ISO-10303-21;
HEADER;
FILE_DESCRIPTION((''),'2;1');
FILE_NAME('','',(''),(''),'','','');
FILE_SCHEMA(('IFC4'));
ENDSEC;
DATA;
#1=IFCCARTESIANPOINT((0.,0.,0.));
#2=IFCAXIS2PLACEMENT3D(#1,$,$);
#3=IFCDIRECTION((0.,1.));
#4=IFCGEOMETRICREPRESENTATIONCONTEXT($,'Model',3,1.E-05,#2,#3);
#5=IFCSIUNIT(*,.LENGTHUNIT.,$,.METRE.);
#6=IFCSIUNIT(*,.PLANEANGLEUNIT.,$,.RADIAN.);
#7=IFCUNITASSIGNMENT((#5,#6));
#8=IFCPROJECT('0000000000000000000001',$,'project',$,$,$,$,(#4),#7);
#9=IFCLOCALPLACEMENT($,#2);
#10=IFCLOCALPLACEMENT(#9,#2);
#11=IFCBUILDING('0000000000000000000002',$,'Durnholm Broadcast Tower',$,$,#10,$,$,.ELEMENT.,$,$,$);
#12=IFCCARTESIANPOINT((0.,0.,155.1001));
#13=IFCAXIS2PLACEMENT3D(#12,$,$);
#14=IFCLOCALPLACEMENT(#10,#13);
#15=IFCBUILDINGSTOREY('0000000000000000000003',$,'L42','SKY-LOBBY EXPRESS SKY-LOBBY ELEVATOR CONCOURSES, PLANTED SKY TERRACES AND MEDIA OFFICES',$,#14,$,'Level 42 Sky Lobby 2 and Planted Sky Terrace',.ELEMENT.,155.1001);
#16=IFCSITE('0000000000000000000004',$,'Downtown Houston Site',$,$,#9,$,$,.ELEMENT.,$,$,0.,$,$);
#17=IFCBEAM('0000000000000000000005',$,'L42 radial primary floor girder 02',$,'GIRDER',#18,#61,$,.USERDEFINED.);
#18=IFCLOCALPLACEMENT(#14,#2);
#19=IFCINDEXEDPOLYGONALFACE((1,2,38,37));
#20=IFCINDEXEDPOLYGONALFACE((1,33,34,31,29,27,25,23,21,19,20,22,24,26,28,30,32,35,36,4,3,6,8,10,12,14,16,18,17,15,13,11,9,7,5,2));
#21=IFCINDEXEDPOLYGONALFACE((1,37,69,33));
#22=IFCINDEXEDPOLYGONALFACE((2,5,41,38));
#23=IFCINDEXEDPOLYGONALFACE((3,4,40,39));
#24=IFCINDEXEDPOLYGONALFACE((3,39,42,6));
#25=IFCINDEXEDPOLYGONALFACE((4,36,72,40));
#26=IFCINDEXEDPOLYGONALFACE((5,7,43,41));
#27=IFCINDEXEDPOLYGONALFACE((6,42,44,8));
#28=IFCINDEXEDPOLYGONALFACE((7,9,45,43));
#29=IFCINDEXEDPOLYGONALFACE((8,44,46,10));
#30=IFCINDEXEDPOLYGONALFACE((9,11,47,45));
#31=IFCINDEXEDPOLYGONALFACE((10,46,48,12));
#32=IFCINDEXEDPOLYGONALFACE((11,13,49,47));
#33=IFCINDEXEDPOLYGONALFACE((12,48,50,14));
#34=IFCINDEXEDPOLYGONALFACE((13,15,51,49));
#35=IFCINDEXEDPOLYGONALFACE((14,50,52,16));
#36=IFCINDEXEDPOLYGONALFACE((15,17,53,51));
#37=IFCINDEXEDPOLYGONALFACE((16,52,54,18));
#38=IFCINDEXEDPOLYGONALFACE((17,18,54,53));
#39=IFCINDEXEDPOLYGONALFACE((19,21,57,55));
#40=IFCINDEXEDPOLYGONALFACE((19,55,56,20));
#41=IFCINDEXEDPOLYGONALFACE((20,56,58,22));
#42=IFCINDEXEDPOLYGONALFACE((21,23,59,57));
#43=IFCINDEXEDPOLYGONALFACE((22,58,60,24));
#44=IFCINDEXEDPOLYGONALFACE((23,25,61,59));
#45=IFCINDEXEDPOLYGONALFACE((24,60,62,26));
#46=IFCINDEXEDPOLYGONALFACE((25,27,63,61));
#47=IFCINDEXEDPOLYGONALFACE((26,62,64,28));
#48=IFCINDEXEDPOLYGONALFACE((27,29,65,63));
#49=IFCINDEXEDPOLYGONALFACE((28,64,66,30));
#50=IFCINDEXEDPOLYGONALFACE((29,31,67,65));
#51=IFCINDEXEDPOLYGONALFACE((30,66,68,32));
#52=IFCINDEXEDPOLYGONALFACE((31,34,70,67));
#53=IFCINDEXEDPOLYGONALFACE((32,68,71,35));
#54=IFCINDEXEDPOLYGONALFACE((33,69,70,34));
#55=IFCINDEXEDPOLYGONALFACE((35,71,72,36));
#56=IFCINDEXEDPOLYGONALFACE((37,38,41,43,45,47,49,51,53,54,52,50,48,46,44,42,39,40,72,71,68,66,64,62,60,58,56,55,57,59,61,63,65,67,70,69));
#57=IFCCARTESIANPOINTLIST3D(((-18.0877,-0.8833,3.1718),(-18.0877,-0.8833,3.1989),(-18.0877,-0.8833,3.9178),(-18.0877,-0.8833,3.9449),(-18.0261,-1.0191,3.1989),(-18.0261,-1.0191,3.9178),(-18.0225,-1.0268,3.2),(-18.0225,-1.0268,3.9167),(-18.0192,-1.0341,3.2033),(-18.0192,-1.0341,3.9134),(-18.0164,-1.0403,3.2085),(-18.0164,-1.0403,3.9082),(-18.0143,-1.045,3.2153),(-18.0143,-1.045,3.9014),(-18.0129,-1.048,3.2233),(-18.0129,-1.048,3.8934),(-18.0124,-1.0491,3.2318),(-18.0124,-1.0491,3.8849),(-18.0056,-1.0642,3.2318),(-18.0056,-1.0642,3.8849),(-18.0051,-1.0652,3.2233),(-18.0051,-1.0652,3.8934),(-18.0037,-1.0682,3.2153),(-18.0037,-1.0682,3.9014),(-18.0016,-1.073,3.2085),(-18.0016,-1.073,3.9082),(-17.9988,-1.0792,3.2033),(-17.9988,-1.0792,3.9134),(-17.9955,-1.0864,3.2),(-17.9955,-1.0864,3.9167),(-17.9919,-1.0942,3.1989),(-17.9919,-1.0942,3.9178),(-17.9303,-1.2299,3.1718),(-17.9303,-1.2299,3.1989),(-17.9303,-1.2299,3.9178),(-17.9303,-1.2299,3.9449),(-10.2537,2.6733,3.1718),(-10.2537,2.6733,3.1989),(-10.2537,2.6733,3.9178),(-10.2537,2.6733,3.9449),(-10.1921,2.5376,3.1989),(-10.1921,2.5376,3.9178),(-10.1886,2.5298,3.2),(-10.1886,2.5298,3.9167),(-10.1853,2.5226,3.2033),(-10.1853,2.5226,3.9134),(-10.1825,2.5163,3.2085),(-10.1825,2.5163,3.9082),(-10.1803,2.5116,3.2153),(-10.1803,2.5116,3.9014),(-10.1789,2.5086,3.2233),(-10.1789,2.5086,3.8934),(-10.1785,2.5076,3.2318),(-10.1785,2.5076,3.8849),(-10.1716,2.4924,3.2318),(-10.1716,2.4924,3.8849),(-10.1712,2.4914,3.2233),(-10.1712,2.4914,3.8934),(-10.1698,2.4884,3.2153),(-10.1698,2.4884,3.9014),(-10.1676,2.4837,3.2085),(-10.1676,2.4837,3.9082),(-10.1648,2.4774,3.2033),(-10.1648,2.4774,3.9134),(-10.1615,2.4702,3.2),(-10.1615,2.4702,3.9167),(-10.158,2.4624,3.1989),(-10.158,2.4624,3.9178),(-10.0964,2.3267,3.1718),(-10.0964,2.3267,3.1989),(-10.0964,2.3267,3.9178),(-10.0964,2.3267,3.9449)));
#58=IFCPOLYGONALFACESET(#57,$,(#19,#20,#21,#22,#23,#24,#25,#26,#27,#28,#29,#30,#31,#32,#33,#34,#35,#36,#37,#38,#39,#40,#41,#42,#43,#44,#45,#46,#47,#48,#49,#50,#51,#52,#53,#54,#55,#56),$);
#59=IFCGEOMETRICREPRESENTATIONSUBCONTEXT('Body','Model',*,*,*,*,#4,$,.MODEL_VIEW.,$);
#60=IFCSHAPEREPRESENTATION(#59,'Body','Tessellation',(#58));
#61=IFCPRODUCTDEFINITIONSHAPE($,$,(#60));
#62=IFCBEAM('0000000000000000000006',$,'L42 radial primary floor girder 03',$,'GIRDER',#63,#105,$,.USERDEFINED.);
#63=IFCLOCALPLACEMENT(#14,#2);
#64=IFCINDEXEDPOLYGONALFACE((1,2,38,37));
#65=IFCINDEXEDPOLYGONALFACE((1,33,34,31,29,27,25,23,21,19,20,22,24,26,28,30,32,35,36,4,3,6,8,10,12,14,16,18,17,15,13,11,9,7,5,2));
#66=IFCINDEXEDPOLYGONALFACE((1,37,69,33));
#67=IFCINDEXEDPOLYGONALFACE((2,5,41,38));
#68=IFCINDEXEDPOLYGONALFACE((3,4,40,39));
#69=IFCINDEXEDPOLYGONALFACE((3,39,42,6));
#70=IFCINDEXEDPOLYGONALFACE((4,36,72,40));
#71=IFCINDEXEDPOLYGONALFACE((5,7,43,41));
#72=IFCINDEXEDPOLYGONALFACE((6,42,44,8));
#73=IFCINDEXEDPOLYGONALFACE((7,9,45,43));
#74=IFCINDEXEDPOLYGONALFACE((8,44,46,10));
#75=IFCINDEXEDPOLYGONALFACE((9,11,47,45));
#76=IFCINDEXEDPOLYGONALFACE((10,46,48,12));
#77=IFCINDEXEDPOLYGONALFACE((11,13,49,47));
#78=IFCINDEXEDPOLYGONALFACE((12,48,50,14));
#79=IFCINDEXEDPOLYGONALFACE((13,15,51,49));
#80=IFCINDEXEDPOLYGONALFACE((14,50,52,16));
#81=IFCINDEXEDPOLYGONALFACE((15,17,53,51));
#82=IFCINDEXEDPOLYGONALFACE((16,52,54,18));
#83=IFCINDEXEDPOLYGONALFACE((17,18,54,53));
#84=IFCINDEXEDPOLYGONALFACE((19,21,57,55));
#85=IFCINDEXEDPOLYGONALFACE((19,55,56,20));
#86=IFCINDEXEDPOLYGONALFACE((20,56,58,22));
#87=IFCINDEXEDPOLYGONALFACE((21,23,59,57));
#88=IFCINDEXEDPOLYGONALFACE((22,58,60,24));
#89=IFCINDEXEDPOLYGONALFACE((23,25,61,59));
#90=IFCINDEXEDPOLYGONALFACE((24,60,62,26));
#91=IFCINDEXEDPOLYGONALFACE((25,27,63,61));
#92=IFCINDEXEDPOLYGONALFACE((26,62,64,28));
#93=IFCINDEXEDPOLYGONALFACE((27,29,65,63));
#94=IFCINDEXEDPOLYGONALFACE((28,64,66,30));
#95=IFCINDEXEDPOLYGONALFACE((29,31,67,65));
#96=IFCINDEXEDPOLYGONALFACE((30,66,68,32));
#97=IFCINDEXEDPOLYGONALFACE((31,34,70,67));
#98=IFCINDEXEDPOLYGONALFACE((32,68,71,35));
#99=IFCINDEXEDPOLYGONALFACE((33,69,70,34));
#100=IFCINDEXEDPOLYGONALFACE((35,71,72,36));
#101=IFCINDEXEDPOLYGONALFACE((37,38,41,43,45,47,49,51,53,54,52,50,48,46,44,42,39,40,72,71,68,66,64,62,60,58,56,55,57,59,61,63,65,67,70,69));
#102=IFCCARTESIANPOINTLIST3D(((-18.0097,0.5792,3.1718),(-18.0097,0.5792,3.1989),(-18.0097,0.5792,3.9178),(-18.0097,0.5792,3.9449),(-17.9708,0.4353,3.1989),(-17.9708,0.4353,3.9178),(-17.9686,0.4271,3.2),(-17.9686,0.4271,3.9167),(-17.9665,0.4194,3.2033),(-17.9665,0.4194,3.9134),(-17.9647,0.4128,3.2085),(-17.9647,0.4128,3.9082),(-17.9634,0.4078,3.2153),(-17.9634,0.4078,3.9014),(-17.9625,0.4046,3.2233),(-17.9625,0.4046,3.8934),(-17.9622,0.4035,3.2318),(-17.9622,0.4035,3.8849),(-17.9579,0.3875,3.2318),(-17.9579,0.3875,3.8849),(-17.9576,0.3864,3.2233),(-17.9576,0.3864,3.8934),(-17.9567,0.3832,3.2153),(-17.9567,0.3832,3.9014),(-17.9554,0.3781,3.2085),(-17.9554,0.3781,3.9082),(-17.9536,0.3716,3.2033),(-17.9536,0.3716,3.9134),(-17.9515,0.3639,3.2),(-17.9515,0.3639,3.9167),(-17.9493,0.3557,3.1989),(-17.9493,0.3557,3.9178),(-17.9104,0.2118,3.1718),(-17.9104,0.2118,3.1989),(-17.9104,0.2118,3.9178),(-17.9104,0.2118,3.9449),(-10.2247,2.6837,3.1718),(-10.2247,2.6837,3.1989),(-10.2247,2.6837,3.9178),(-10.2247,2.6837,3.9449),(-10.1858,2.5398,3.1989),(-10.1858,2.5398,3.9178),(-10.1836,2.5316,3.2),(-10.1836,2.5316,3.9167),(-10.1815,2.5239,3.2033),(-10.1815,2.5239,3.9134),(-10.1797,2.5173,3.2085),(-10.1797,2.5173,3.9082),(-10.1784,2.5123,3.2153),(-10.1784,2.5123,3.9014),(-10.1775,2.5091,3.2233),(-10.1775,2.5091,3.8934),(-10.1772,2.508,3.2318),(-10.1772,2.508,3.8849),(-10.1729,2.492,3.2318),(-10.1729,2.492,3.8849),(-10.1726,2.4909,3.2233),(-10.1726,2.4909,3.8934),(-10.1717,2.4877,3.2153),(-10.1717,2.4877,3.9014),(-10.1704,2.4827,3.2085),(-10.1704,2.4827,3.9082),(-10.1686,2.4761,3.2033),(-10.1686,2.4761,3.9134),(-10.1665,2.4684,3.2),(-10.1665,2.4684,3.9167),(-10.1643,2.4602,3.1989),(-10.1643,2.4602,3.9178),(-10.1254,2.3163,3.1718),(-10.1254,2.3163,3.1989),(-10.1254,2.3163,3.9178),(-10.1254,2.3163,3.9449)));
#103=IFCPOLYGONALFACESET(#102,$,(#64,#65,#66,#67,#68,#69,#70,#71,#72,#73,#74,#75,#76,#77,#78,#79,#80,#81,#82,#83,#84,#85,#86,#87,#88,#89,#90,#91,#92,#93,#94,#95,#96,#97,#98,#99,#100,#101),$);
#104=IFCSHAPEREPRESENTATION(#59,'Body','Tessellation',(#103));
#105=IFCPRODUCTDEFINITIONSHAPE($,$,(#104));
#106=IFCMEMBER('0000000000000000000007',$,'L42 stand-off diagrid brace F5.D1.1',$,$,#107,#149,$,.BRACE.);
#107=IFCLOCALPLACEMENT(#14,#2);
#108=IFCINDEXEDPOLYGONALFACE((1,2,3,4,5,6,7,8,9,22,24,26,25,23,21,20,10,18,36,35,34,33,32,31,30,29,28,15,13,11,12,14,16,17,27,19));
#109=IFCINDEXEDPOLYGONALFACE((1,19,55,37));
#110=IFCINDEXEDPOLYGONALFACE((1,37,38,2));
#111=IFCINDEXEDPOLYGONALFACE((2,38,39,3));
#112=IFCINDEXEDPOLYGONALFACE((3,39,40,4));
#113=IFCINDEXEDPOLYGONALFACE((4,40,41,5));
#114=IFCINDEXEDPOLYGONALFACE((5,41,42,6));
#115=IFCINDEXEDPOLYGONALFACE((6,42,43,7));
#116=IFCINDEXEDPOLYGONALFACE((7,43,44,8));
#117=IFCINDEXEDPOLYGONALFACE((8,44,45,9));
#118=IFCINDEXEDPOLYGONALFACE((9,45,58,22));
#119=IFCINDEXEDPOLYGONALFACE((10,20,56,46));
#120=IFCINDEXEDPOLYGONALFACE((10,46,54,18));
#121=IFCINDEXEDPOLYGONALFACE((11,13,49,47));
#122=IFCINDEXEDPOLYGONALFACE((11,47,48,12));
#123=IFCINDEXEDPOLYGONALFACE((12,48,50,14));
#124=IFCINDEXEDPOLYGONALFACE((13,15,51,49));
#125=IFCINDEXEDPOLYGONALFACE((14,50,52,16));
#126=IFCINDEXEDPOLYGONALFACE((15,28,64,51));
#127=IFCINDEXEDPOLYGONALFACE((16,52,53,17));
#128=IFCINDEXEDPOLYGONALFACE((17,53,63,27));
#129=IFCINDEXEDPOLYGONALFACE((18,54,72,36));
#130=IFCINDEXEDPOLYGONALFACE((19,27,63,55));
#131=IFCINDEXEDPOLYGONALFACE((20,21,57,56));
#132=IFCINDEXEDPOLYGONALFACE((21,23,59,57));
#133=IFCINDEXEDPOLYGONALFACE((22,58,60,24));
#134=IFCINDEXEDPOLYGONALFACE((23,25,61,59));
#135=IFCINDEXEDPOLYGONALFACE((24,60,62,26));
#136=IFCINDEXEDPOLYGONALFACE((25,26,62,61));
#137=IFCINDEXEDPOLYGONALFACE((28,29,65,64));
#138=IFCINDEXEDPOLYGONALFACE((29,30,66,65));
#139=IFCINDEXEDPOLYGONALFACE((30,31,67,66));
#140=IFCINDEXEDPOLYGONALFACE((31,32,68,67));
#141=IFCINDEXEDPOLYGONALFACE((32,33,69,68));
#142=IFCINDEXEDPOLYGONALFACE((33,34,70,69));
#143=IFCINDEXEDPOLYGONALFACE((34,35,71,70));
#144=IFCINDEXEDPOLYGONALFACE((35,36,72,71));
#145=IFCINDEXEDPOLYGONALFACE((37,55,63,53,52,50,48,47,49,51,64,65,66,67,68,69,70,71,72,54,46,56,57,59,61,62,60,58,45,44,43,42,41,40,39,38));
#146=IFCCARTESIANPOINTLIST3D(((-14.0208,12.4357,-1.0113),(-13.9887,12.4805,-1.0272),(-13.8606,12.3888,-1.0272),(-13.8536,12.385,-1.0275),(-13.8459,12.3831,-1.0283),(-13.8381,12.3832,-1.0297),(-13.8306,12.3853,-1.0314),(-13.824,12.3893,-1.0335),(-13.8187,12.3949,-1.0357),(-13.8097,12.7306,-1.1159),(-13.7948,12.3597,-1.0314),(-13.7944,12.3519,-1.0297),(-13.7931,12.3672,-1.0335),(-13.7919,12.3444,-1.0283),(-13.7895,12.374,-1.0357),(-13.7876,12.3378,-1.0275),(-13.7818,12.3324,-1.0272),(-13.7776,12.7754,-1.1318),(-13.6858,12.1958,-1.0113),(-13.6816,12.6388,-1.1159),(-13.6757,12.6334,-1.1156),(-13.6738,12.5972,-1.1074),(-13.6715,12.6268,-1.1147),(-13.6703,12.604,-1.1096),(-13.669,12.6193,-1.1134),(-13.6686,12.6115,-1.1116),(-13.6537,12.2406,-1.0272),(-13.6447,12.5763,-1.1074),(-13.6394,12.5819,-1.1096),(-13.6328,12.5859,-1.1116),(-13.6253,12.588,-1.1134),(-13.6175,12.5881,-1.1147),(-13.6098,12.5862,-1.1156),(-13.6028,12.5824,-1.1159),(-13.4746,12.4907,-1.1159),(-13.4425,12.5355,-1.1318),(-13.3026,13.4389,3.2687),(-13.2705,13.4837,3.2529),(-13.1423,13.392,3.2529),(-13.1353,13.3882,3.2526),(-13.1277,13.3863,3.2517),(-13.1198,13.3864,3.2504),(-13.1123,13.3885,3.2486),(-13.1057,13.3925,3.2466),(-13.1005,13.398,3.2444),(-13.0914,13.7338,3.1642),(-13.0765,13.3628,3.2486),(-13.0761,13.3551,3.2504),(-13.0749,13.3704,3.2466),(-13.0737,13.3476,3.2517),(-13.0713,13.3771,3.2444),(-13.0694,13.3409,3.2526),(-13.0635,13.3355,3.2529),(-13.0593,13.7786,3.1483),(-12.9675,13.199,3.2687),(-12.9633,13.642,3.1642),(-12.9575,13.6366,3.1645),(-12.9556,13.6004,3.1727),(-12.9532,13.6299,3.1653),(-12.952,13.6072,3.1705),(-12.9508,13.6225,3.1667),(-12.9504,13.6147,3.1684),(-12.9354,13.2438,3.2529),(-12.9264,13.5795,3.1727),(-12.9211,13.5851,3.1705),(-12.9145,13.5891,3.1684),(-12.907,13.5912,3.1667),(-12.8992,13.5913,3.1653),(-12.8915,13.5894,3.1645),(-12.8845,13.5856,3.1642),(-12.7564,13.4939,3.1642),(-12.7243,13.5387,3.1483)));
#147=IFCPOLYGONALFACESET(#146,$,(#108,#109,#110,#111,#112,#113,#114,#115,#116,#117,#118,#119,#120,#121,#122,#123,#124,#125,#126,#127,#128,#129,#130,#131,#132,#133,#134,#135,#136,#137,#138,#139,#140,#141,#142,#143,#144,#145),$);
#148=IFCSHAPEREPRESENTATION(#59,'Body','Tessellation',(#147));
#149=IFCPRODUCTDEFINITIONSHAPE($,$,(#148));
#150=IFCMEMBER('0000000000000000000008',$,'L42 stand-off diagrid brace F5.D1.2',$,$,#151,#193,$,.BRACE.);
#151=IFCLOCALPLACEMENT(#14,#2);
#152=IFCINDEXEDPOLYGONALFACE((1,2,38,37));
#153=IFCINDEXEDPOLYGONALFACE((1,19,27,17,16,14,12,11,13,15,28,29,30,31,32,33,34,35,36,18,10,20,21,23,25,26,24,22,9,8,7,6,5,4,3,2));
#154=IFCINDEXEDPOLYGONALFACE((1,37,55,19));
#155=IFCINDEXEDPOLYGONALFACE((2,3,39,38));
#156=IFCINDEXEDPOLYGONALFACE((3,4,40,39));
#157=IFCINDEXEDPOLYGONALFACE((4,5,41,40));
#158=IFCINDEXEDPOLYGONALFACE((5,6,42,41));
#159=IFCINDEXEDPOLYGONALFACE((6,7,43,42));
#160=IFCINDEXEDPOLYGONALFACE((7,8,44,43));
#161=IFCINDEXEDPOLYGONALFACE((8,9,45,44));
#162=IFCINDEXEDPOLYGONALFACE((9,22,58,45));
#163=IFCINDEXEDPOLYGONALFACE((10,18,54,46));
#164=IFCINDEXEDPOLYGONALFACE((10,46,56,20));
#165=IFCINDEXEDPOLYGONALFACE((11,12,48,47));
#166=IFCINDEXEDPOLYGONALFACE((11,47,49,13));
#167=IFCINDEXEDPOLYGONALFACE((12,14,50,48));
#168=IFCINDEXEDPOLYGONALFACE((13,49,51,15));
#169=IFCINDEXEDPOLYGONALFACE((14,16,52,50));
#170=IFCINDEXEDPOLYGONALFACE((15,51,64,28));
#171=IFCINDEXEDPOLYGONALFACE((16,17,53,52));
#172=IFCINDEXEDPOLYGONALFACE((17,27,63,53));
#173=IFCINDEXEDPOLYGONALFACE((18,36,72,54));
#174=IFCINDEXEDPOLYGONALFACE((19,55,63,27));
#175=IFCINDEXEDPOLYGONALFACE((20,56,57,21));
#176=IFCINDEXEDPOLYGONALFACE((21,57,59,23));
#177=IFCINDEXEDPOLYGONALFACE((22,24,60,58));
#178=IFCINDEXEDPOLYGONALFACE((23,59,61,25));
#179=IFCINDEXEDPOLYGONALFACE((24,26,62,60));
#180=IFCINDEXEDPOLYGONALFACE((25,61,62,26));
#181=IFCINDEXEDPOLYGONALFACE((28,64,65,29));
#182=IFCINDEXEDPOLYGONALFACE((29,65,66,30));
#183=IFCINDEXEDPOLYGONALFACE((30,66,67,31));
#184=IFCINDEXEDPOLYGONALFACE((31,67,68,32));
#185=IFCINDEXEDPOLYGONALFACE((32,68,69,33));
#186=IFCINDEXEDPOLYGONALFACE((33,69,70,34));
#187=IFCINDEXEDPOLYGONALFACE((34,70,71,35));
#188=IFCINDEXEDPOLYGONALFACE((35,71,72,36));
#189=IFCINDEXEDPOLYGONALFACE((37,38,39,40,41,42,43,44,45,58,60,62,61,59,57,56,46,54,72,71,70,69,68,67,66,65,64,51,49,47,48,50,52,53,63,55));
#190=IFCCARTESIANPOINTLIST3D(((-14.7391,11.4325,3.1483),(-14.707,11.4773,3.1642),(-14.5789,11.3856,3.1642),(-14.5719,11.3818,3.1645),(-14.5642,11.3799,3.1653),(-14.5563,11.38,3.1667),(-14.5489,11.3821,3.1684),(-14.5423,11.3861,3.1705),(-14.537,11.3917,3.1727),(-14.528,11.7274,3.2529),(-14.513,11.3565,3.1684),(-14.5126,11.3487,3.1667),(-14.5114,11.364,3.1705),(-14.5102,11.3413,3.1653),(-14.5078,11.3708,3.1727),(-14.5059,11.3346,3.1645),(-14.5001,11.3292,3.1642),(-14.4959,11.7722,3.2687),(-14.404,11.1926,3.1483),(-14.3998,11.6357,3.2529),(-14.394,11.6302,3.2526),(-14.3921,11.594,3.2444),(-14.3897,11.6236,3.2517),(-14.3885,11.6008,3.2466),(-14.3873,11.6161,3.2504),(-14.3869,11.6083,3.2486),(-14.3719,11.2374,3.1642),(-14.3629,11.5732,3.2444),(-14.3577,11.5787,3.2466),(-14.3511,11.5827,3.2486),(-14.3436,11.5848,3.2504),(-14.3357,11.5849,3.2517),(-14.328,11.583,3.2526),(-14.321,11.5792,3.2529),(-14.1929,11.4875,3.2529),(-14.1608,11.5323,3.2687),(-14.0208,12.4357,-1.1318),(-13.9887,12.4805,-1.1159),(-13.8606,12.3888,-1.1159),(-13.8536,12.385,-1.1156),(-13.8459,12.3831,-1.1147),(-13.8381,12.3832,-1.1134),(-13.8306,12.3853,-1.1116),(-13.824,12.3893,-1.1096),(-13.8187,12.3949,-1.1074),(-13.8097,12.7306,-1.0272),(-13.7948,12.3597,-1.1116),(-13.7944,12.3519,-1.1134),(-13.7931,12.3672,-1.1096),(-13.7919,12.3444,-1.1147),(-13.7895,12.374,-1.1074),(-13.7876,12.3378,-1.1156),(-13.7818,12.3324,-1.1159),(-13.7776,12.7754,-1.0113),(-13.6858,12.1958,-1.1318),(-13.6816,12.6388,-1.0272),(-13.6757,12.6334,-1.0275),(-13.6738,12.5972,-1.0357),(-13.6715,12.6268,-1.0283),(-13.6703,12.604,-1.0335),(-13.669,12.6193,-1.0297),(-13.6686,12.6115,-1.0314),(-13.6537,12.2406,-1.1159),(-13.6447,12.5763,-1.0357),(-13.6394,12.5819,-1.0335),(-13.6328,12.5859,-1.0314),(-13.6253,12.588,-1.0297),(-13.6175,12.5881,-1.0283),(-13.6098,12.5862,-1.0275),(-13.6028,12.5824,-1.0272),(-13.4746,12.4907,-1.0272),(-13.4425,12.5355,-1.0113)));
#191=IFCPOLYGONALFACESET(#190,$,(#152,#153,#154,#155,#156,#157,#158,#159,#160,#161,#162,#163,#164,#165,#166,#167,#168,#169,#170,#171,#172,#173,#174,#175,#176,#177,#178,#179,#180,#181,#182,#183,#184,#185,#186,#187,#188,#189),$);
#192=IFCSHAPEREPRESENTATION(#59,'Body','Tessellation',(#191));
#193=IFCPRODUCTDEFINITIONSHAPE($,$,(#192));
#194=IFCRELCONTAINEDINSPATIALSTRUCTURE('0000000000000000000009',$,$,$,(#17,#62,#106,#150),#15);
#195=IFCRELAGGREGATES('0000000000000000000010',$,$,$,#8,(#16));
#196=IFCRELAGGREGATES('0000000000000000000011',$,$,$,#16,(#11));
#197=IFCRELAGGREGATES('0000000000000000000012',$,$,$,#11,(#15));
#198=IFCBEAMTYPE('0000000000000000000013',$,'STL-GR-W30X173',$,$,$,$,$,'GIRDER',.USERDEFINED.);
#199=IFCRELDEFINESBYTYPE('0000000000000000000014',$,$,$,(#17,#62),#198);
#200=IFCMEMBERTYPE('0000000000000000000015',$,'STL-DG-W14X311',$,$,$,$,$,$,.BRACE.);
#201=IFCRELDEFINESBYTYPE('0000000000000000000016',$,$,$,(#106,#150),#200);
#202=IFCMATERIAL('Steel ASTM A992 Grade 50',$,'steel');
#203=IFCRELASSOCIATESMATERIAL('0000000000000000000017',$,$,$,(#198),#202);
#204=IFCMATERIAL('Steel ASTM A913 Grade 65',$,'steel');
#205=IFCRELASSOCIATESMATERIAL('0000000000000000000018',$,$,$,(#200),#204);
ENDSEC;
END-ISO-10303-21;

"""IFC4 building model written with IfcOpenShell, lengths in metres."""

from ifc_helpers import new_model, si_unit, direction, frame, origin, origin_2d, place, context, subcontext, project, spatial, i_section, extrude, source, transform, mapped, material, material_profile, profile_set, type_object, type_shapes, element, save


model = new_model("IFC4")

# Units and contexts
model_context = context("Model", 3, precision=1e-05, world=origin(), true_north=direction((0.0, 1.0)))
body_context = subcontext(model_context, "Body", "Model", "MODEL_VIEW")
ifc_project = project(units=[si_unit("LENGTHUNIT", "METRE"), si_unit("PLANEANGLEUNIT", "RADIAN")], contexts=[model_context])

# Site, building, storey
site_placement = place(None, origin())
site = spatial("IfcSite", under=ifc_project, at=site_placement, Name="Downtown Houston Site", CompositionType="ELEMENT", RefElevation=0.0)
building_placement = place(site_placement, origin())
building = spatial("IfcBuilding", under=site, at=building_placement, Name="Durnholm Broadcast Tower", CompositionType="ELEMENT")
storey_placement = place(building_placement, frame((0.0, 0.0, 155.1001)))
storey = spatial("IfcBuildingStorey", under=building, at=storey_placement, Name="L42", Description="SKY-LOBBY EXPRESS SKY-LOBBY ELEVATOR CONCOURSES, PLANTED SKY TERRACES AND MEDIA OFFICES", LongName="Level 42 Sky Lobby 2 and Planted Sky Terrace", CompositionType="ELEMENT", Elevation=155.1001)

# Beams
ifc_material_1 = material(Name="Steel ASTM A992 Grade 50", Category="steel")
ifc_material_profile_1 = material_profile(ifc_material_1, i_section(OverallWidth=0.3806, OverallDepth=0.7732, WebThickness=0.0166, FlangeThickness=0.0271, FilletRadius=0.033, at=origin_2d()), Name="W30X173")
ifc_profile_set_1 = profile_set([ifc_material_profile_1], Name="Steel ASTM A992 Grade 50")
beam_type_1 = type_object("IfcBeamType", Name="STL-GR-W30X173", ElementType="GIRDER", PredefinedType="USERDEFINED", material=ifc_profile_set_1)
shared_shape_1 = source(origin(), body_context, "Body", "SweptSolid", [
    extrude(i_section(OverallWidth=0.3806, OverallDepth=0.7732, WebThickness=0.0166, FlangeThickness=0.0271, FilletRadius=0.033, at=origin_2d()), origin(), (0.0, 0.0, 1.0), 8.6035),
])
beam_1_placement = place(storey_placement, frame((-10.175, 2.5, 3.5583), z_axis=(-0.910553, -0.413392, 0.0), x_axis=(0.413392, -0.910553, 0.0)))
element("IfcBeam", 1, at=beam_1_placement, inside=storey, type_object=beam_type_1, Name="L42 radial primary floor girder 02", ObjectType="GIRDER", PredefinedType="USERDEFINED", context=body_context, shape_type="MappedRepresentation", body=[
    mapped(shared_shape_1, transform((0.0, 0.0, 0.0), x_axis=(1.0, 0.0, 0.0), y_axis=(0.0, 1.0, 0.0), z_axis=(0.0, 0.0, 1.0), scale=1.0)),
])
shared_shape_2 = source(origin(), body_context, "Body", "SweptSolid", [
    extrude(i_section(OverallWidth=0.3806, OverallDepth=0.7732, WebThickness=0.0166, FlangeThickness=0.0271, FilletRadius=0.033, at=origin_2d()), origin(), (0.0, 0.0, 1.0), 8.0645),
])
type_shapes(beam_type_1, [shared_shape_1, shared_shape_2])
beam_2_placement = place(storey_placement, frame((-10.175, 2.5, 3.5583), z_axis=(-0.965349, -0.260962, 0.0), x_axis=(0.260962, -0.965349, 0.0)))
element("IfcBeam", 2, at=beam_2_placement, inside=storey, type_object=beam_type_1, Name="L42 radial primary floor girder 03", ObjectType="GIRDER", PredefinedType="USERDEFINED", context=body_context, shape_type="MappedRepresentation", body=[
    mapped(shared_shape_2, transform((0.0, 0.0, 0.0), x_axis=(1.0, 0.0, 0.0), y_axis=(0.0, 1.0, 0.0), z_axis=(0.0, 0.0, 1.0), scale=1.0)),
])

# Members
ifc_material_2 = material(Name="Steel ASTM A913 Grade 65", Category="steel")
ifc_material_profile_2 = material_profile(ifc_material_2, i_section(OverallWidth=0.4121, OverallDepth=0.4348, WebThickness=0.0359, FlangeThickness=0.0574, FilletRadius=0.0305, at=origin_2d()), Name="W14X311")
ifc_profile_set_2 = profile_set([ifc_material_profile_2], Name="Steel ASTM A913 Grade 65")
member_type_1 = type_object("IfcMemberType", Name="STL-DG-W14X311", PredefinedType="BRACE", material=ifc_profile_set_2)
shared_shape_3 = source(origin(), body_context, "Body", "SweptSolid", [
    extrude(i_section(OverallWidth=0.4121, OverallDepth=0.4348, WebThickness=0.0359, FlangeThickness=0.0574, FilletRadius=0.0305, at=origin_2d()), origin(), (0.0, 0.0, 1.0), 4.4543),
])
type_shapes(member_type_1, [shared_shape_3])
for number, where, z_axis, x_axis, name in (
    (3, (-13.7317, 12.4856, -1.0715), (0.161251, 0.225214, 0.960873), (-0.813078, 0.582155, 0.0), "L42 stand-off diagrid brace F5.D1.1"),
    (4, (-13.7317, 12.4856, -1.0715), (-0.161251, -0.225214, 0.960873), (0.813078, -0.582155, 0.0), "L42 stand-off diagrid brace F5.D1.2"),
):
    element("IfcMember", number, at=place(storey_placement, frame(where, z_axis=z_axis, x_axis=x_axis)), inside=storey, type_object=member_type_1, Name=name, PredefinedType="BRACE", context=body_context, shape_type="MappedRepresentation", body=[
        mapped(shared_shape_3, transform((0.0, 0.0, 0.0), x_axis=(1.0, 0.0, 0.0), y_axis=(0.0, 1.0, 0.0), z_axis=(0.0, 0.0, 1.0), scale=1.0)),
    ])

save(model, "model.ifc")
